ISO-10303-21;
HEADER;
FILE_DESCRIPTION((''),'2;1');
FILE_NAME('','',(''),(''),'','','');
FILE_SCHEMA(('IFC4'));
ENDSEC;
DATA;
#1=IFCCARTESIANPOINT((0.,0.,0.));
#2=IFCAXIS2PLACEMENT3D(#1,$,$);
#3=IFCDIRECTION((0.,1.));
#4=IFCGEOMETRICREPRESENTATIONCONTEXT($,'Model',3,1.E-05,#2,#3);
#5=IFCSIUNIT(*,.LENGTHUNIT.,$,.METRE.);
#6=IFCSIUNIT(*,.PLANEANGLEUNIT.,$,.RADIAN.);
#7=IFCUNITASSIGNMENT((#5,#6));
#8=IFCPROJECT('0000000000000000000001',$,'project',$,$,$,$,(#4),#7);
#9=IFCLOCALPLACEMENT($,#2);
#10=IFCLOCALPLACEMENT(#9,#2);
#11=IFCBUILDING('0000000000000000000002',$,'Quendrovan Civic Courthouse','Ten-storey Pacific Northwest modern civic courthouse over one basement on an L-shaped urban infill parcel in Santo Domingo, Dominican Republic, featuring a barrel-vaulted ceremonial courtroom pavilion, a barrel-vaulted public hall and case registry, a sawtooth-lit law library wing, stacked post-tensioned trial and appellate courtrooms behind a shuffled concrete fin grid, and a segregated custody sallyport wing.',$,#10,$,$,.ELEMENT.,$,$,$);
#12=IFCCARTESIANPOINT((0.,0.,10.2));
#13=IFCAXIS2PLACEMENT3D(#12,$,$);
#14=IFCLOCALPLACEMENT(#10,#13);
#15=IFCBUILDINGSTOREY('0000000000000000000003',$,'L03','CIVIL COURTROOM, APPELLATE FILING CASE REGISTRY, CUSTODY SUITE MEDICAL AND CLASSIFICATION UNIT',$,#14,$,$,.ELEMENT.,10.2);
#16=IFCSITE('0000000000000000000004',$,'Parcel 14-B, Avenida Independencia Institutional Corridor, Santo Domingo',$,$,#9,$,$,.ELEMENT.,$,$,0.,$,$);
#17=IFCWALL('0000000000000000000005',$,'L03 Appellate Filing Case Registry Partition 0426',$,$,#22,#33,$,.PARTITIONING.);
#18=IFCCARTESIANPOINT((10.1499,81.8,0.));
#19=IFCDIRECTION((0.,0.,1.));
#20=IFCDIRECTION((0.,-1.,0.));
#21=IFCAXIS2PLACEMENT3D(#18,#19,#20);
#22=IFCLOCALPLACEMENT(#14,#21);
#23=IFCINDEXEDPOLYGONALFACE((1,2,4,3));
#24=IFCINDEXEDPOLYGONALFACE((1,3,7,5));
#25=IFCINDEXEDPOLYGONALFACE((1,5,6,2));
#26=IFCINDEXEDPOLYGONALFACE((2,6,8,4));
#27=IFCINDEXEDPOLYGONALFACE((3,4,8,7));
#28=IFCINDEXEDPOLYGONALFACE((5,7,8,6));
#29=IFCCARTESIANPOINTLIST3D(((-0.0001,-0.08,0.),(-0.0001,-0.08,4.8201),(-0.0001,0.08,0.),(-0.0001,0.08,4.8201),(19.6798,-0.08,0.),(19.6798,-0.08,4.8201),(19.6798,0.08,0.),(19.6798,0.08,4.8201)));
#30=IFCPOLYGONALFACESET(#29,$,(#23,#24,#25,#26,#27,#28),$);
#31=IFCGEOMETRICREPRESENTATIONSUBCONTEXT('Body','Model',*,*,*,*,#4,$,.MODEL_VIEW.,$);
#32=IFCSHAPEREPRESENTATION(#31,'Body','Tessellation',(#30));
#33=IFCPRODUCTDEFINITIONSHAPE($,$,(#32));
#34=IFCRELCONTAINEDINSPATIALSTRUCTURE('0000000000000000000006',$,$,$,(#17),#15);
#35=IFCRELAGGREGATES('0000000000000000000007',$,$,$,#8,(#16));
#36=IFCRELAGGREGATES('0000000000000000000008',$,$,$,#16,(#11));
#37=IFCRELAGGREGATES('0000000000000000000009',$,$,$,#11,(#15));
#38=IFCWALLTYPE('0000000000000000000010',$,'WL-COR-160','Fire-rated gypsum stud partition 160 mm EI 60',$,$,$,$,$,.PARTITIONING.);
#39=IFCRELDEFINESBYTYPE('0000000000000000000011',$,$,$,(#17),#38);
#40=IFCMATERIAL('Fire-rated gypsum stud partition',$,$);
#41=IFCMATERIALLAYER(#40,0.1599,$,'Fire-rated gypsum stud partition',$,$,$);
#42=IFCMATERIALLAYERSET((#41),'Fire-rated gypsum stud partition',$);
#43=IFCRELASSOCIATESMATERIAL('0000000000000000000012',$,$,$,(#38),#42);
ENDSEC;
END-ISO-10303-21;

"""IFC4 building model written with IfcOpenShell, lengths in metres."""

from ifc_helpers import new_model, si_unit, direction, frame, frame_2d, origin, place, context, subcontext, project, spatial, rectangle, extrude, material, layer, layer_set, type_object, element, save


model = new_model("IFC4")

# Units and contexts
model_context = context("Model", 3, precision=1e-05, world=origin(), true_north=direction((0.0, 1.0)))
body_context = subcontext(model_context, "Body", "Model", "MODEL_VIEW")
ifc_project = project(units=[si_unit("LENGTHUNIT", "METRE"), si_unit("PLANEANGLEUNIT", "RADIAN")], contexts=[model_context])

# Site, building, storey
site_placement = place(None, origin())
site = spatial("IfcSite", under=ifc_project, at=site_placement, Name="Parcel 14-B, Avenida Independencia Institutional Corridor, Santo Domingo", CompositionType="ELEMENT", RefElevation=0.0)
building_placement = place(site_placement, origin())
building = spatial("IfcBuilding", under=site, at=building_placement, Name="Quendrovan Civic Courthouse", Description="Ten-storey Pacific Northwest modern civic courthouse over one basement on an L-shaped urban infill parcel in Santo Domingo, Dominican Republic, featuring a barrel-vaulted ceremonial courtroom pavilion, a barrel-vaulted public hall and case registry, a sawtooth-lit law library wing, stacked post-tensioned trial and appellate courtrooms behind a shuffled concrete fin grid, and a segregated custody sallyport wing.", CompositionType="ELEMENT")
storey_placement = place(building_placement, frame((0.0, 0.0, 10.2)))
storey = spatial("IfcBuildingStorey", under=building, at=storey_placement, Name="L03", Description="CIVIL COURTROOM, APPELLATE FILING CASE REGISTRY, CUSTODY SUITE MEDICAL AND CLASSIFICATION UNIT", CompositionType="ELEMENT", Elevation=10.2)

# Wall
ifc_material_1 = material(Name="Fire-rated gypsum stud partition")
ifc_layer_1 = layer(ifc_material_1, 0.1599, Name="Fire-rated gypsum stud partition")
ifc_layer_set_1 = layer_set([ifc_layer_1], Name="Fire-rated gypsum stud partition")
wall_type_1 = type_object("IfcWallType", Name="WL-COR-160", Description="Fire-rated gypsum stud partition 160 mm EI 60", PredefinedType="PARTITIONING", material=ifc_layer_set_1)
wall_1_placement = place(storey_placement, frame((10.1499, 81.8, 0.0), z_axis=(0.0, 0.0, 1.0), x_axis=(0.0, -1.0, 0.0)))
element("IfcWall", 1, at=wall_1_placement, inside=storey, type_object=wall_type_1, Name="L03 Appellate Filing Case Registry Partition 0426", PredefinedType="PARTITIONING", context=body_context, shape_type="SweptSolid", body=[
    extrude(rectangle(XDim=19.6799, YDim=0.1599, at=frame_2d((9.8398, 0.0))), origin(), (0.0, 0.0, 1.0), 4.8201),
])

save(model, "model.ifc")
